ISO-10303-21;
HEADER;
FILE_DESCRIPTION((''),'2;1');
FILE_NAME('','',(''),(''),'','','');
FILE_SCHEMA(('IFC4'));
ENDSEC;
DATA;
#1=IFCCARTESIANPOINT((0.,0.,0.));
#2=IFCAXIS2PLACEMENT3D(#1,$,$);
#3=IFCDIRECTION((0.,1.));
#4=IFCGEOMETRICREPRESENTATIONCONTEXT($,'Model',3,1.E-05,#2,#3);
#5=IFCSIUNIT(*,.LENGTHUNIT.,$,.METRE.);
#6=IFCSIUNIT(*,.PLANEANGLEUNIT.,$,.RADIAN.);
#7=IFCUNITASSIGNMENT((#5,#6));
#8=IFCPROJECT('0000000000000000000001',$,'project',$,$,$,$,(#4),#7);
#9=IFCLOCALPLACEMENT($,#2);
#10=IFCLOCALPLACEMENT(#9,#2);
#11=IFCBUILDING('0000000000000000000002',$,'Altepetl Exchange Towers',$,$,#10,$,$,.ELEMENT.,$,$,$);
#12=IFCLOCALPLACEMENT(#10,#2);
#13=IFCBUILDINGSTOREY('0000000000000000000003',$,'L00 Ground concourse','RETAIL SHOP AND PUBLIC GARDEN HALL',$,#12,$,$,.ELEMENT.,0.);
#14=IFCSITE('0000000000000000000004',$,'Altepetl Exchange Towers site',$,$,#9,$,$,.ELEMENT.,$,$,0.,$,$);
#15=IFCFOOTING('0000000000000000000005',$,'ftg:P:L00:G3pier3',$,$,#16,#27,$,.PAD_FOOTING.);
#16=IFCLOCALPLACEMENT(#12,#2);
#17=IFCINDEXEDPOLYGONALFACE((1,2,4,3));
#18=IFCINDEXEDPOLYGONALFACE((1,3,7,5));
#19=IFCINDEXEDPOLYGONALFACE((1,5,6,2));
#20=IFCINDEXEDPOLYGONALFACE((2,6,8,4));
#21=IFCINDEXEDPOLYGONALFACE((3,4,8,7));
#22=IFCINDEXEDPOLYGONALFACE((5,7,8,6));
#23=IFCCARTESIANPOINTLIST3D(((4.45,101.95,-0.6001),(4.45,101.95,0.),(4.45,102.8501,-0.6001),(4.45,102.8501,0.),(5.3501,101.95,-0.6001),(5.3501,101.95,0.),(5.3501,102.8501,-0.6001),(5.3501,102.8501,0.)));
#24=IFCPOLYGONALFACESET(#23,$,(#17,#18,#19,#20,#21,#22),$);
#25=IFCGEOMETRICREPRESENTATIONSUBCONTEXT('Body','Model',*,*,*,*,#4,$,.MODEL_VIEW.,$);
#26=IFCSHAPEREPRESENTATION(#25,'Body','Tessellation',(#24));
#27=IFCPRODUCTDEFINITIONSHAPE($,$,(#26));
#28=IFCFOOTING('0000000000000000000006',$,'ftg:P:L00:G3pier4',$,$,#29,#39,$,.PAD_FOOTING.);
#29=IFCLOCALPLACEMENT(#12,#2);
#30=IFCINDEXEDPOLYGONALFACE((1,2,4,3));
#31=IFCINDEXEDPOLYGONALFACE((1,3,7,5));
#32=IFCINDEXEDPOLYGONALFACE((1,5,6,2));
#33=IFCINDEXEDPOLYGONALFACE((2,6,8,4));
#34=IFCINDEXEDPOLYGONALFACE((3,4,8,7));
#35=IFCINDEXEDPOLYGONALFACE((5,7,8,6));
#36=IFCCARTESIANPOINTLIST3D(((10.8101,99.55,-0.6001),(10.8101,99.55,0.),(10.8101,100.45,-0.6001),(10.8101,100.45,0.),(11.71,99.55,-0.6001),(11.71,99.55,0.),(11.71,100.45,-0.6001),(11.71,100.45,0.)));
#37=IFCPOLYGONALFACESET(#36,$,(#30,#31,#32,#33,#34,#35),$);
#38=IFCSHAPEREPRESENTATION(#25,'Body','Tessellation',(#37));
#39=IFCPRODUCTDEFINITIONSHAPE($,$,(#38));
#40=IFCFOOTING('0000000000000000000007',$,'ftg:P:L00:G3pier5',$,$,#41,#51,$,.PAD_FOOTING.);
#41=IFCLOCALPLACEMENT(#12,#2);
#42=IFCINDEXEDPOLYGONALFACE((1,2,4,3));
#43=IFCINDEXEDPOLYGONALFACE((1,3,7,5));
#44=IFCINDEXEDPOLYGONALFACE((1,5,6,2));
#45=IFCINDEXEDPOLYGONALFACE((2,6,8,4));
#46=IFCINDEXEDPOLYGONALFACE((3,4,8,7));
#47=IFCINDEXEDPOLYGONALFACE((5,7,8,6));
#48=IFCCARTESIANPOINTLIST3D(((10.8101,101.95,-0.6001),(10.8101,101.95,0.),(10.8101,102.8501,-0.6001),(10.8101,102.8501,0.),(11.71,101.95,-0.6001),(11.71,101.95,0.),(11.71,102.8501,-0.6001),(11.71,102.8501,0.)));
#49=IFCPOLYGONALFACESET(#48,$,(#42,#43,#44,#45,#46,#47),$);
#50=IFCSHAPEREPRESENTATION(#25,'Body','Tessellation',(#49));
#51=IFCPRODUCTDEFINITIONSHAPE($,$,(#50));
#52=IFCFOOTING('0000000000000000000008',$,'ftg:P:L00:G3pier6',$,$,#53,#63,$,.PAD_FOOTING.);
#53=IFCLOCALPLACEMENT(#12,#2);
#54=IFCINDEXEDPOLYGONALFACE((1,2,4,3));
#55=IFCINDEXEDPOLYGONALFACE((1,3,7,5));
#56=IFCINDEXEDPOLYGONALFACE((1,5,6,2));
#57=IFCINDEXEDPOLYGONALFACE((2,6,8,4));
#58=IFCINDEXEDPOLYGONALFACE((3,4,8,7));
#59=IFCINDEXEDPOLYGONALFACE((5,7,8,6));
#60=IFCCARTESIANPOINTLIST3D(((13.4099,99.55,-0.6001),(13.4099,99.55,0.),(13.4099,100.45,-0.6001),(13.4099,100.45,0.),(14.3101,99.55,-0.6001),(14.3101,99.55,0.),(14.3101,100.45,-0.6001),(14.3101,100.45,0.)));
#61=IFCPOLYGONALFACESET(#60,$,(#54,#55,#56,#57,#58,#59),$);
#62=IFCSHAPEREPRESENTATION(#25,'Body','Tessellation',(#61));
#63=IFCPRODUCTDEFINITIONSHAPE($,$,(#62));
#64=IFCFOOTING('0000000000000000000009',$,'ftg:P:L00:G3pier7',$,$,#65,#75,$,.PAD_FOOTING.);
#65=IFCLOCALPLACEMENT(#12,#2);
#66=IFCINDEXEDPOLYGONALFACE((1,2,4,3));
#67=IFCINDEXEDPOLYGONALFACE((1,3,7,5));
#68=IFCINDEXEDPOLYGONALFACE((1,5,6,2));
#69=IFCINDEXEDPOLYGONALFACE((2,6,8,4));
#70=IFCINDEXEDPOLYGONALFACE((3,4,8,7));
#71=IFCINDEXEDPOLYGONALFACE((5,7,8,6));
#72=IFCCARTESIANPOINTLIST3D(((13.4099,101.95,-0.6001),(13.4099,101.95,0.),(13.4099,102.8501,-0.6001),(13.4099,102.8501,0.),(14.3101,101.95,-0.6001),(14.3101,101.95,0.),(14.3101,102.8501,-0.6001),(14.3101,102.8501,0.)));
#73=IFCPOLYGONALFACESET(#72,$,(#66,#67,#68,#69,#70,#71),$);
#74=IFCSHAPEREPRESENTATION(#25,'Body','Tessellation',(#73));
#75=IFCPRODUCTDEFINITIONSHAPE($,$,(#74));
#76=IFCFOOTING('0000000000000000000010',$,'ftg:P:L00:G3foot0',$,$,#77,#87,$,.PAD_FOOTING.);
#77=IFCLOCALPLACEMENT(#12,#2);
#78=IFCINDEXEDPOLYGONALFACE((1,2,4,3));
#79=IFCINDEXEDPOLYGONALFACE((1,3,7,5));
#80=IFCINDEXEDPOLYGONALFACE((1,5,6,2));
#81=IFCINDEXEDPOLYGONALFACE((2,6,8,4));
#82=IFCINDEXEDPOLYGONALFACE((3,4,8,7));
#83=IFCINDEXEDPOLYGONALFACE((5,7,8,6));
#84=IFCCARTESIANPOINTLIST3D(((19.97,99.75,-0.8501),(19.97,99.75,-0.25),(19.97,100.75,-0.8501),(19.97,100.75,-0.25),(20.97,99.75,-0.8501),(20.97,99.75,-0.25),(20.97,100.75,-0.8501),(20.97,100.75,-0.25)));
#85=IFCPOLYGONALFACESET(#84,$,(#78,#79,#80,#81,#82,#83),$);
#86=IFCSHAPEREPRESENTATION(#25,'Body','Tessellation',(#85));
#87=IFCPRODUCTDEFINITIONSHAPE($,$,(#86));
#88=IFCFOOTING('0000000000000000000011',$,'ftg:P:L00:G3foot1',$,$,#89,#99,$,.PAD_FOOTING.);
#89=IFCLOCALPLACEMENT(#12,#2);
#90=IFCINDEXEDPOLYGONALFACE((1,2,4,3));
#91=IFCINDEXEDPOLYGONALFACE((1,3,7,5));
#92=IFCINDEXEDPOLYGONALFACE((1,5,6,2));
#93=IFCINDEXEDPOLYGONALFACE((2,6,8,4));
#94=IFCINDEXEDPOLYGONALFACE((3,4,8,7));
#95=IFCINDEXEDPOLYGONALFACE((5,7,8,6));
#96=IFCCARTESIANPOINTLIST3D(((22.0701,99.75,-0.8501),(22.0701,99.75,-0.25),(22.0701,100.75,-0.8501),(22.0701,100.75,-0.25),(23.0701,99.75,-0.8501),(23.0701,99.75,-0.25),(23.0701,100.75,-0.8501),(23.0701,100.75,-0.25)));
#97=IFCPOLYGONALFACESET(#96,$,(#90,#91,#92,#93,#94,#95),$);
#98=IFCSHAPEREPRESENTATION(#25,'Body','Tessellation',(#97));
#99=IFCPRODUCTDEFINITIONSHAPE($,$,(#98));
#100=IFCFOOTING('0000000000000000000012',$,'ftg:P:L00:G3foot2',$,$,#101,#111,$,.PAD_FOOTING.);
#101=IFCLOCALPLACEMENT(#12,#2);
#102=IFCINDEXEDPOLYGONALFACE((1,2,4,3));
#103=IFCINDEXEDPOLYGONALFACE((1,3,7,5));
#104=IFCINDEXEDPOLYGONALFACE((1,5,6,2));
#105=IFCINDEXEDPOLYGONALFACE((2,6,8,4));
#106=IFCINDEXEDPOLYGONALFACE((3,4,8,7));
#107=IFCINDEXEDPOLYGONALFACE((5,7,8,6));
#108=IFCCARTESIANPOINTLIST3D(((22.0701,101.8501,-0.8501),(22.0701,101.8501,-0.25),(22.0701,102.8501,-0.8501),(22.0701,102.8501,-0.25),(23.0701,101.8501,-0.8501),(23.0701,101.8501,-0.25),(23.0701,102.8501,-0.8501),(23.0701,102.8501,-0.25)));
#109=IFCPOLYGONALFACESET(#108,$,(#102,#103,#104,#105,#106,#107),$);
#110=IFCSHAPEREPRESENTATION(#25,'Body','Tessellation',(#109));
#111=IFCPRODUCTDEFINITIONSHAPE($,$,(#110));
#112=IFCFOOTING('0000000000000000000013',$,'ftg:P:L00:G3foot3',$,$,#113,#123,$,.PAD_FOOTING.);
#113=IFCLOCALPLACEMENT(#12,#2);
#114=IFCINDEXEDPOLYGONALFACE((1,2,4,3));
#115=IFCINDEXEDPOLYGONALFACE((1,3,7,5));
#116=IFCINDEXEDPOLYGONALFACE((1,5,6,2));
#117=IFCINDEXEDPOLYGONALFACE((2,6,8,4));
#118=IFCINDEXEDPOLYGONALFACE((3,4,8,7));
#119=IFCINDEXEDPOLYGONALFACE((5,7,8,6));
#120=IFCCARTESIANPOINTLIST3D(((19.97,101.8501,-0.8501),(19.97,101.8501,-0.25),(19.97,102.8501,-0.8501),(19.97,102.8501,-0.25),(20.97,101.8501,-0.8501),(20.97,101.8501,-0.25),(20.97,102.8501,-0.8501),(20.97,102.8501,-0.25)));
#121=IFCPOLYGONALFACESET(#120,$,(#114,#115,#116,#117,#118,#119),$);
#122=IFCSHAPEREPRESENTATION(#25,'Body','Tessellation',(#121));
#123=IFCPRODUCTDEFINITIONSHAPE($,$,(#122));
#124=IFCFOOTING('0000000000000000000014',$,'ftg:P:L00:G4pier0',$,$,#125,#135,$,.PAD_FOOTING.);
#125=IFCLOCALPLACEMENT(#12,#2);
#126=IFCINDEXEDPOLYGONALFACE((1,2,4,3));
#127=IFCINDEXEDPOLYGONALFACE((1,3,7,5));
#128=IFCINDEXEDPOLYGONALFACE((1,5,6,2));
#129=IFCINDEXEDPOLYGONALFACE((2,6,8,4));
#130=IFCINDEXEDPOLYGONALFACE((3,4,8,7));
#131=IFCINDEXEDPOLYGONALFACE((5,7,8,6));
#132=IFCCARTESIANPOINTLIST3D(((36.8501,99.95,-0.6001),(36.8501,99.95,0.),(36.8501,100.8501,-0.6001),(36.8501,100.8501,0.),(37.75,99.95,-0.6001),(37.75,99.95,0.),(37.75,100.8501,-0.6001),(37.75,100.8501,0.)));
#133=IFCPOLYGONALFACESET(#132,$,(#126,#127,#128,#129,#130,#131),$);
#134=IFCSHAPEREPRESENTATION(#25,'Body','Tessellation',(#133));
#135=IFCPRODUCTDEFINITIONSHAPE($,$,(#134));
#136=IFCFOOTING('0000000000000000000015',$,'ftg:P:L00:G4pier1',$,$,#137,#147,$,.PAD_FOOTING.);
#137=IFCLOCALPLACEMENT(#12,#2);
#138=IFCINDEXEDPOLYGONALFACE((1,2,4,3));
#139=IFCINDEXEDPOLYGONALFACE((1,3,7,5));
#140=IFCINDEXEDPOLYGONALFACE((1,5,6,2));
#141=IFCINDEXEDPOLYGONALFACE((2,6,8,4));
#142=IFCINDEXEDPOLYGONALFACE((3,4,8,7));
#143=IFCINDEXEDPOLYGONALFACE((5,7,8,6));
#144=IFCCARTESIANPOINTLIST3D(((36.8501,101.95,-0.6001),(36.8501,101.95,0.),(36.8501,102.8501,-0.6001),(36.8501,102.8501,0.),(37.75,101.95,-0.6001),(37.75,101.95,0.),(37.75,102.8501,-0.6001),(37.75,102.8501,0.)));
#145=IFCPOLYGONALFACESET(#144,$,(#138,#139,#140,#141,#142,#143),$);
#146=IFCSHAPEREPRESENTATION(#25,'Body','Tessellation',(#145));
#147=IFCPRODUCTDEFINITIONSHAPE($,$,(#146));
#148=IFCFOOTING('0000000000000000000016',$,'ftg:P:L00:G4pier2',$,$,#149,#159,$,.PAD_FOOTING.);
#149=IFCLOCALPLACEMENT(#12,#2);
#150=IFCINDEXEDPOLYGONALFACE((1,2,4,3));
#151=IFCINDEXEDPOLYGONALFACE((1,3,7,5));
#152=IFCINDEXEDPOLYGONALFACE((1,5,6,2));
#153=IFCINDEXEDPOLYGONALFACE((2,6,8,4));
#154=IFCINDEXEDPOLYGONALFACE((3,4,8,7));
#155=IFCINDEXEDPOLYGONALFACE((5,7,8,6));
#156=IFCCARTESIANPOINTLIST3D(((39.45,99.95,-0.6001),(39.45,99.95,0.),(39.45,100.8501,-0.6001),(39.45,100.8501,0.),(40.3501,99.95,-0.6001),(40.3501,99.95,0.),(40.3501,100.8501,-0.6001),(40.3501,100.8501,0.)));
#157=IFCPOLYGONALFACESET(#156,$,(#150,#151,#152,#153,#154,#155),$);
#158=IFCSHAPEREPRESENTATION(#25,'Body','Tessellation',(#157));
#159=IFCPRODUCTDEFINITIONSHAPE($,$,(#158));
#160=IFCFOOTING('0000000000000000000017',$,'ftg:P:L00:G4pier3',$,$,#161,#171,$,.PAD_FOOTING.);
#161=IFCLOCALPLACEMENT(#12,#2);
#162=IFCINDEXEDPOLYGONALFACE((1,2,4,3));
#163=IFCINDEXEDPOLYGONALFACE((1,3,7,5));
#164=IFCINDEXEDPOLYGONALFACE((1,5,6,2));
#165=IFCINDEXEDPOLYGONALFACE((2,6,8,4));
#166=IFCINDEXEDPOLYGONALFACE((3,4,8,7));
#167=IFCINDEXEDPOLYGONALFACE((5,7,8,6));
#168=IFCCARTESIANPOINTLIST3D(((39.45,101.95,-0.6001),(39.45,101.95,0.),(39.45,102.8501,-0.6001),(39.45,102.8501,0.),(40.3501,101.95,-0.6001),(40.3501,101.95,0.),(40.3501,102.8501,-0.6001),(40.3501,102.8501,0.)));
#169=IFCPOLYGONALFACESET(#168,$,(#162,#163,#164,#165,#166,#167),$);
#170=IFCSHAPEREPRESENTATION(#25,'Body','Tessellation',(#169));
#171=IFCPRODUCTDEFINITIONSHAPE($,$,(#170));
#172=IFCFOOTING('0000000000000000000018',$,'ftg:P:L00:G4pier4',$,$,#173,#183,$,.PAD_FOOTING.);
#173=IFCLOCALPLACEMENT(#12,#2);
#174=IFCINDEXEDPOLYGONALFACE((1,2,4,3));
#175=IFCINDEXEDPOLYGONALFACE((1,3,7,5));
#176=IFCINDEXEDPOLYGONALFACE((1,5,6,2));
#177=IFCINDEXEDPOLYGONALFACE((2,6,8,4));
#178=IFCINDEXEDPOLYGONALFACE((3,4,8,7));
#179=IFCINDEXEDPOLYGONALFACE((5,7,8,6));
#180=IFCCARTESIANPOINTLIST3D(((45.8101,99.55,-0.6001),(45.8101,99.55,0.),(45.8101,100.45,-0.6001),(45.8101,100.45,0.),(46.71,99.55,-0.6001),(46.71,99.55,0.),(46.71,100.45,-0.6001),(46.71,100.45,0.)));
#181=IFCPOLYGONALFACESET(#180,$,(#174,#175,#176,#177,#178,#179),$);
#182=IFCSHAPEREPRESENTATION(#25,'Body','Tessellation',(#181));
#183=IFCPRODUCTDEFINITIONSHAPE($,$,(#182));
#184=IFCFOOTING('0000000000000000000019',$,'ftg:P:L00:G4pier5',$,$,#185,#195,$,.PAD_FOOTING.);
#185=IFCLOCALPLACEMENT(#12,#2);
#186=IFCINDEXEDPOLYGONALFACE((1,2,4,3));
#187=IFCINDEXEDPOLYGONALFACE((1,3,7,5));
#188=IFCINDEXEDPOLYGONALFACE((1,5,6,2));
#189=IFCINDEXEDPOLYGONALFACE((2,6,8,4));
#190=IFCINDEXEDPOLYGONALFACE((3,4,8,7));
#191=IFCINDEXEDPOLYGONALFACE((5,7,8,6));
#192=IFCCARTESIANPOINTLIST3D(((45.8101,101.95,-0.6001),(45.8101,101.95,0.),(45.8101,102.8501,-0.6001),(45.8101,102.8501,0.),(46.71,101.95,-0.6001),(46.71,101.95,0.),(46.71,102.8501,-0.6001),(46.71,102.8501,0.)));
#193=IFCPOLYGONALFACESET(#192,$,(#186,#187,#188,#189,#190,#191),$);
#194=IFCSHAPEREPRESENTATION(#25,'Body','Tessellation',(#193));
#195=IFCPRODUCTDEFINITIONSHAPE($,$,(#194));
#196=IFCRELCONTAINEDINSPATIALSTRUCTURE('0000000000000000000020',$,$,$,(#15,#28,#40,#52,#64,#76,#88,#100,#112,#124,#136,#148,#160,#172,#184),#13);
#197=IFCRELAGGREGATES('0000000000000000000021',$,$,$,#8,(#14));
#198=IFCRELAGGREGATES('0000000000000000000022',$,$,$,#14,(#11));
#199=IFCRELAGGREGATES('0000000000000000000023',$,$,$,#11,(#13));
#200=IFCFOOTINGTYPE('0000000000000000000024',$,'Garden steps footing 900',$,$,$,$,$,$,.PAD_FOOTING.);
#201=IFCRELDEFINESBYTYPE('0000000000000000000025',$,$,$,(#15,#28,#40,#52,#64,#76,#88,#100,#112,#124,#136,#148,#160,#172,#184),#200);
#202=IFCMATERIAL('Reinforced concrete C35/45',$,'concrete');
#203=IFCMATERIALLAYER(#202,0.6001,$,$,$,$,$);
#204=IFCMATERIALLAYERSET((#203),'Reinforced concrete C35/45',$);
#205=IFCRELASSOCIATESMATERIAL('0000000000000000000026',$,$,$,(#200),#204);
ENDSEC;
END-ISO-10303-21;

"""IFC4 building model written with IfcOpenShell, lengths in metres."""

from ifc_helpers import new_model, si_unit, direction, frame, origin, place, context, subcontext, project, spatial, polyline, outline, extrude, material, layer, layer_set, type_object, element, save


model = new_model("IFC4")

# Units and contexts
model_context = context("Model", 3, precision=1e-05, world=origin(), true_north=direction((0.0, 1.0)))
body_context = subcontext(model_context, "Body", "Model", "MODEL_VIEW")
ifc_project = project(units=[si_unit("LENGTHUNIT", "METRE"), si_unit("PLANEANGLEUNIT", "RADIAN")], contexts=[model_context])

# Site, building, storey
site_placement = place(None, origin())
site = spatial("IfcSite", under=ifc_project, at=site_placement, Name="Altepetl Exchange Towers site", CompositionType="ELEMENT", RefElevation=0.0)
building_placement = place(site_placement, origin())
building = spatial("IfcBuilding", under=site, at=building_placement, Name="Altepetl Exchange Towers", CompositionType="ELEMENT")
storey_placement = place(building_placement, origin())
storey = spatial("IfcBuildingStorey", under=building, at=storey_placement, Name="L00 Ground concourse", Description="RETAIL SHOP AND PUBLIC GARDEN HALL", CompositionType="ELEMENT", Elevation=0.0)

# Footings
ifc_material = material(Name="Reinforced concrete C35/45", Category="concrete")
ifc_layer_1 = layer(ifc_material, 0.6001)
ifc_layer_set_1 = layer_set([ifc_layer_1], Name="Reinforced concrete C35/45")
footing_type = type_object("IfcFootingType", Name="Garden steps footing 900", PredefinedType="PAD_FOOTING", material=ifc_layer_set_1)
footing_1_placement = place(storey_placement, frame((0.0, 0.0, -0.6001)))
element("IfcFooting", 1, at=footing_1_placement, inside=storey, type_object=footing_type, Name="ftg:P:L00:G3pier3", PredefinedType="PAD_FOOTING", context=body_context, shape_type="SweptSolid", body=[
    extrude(outline(polyline([(4.45, 101.95), (5.3501, 101.95), (5.3501, 102.8501), (4.45, 102.8501), (4.45, 101.95)])), origin(), (0.0, 0.0, 1.0), 0.6001),
])
footing_2_placement = place(storey_placement, frame((0.0, 0.0, -0.6001)))
element("IfcFooting", 2, at=footing_2_placement, inside=storey, type_object=footing_type, Name="ftg:P:L00:G3pier4", PredefinedType="PAD_FOOTING", context=body_context, shape_type="SweptSolid", body=[
    extrude(outline(polyline([(10.8101, 99.55), (11.71, 99.55), (11.71, 100.45), (10.8101, 100.45), (10.8101, 99.55)])), origin(), (0.0, 0.0, 1.0), 0.6001),
])
footing_3_placement = place(storey_placement, frame((0.0, 0.0, -0.6001)))
element("IfcFooting", 3, at=footing_3_placement, inside=storey, type_object=footing_type, Name="ftg:P:L00:G3pier5", PredefinedType="PAD_FOOTING", context=body_context, shape_type="SweptSolid", body=[
    extrude(outline(polyline([(10.8101, 101.95), (11.71, 101.95), (11.71, 102.8501), (10.8101, 102.8501), (10.8101, 101.95)])), origin(), (0.0, 0.0, 1.0), 0.6001),
])
footing_4_placement = place(storey_placement, frame((0.0, 0.0, -0.6001)))
element("IfcFooting", 4, at=footing_4_placement, inside=storey, type_object=footing_type, Name="ftg:P:L00:G3pier6", PredefinedType="PAD_FOOTING", context=body_context, shape_type="SweptSolid", body=[
    extrude(outline(polyline([(13.4099, 99.55), (14.3101, 99.55), (14.3101, 100.45), (13.4099, 100.45), (13.4099, 99.55)])), origin(), (0.0, 0.0, 1.0), 0.6001),
])
footing_5_placement = place(storey_placement, frame((0.0, 0.0, -0.6001)))
element("IfcFooting", 5, at=footing_5_placement, inside=storey, type_object=footing_type, Name="ftg:P:L00:G3pier7", PredefinedType="PAD_FOOTING", context=body_context, shape_type="SweptSolid", body=[
    extrude(outline(polyline([(13.4099, 101.95), (14.3101, 101.95), (14.3101, 102.8501), (13.4099, 102.8501), (13.4099, 101.95)])), origin(), (0.0, 0.0, 1.0), 0.6001),
])
footing_6_placement = place(storey_placement, frame((0.0, 0.0, -0.8501)))
element("IfcFooting", 6, at=footing_6_placement, inside=storey, type_object=footing_type, Name="ftg:P:L00:G3foot0", PredefinedType="PAD_FOOTING", context=body_context, shape_type="SweptSolid", body=[
    extrude(outline(polyline([(19.97, 99.75), (20.97, 99.75), (20.97, 100.75), (19.97, 100.75), (19.97, 99.75)])), origin(), (0.0, 0.0, 1.0), 0.6001),
])
footing_7_placement = place(storey_placement, frame((0.0, 0.0, -0.8501)))
element("IfcFooting", 7, at=footing_7_placement, inside=storey, type_object=footing_type, Name="ftg:P:L00:G3foot1", PredefinedType="PAD_FOOTING", context=body_context, shape_type="SweptSolid", body=[
    extrude(outline(polyline([(22.0701, 99.75), (23.0701, 99.75), (23.0701, 100.75), (22.0701, 100.75), (22.0701, 99.75)])), origin(), (0.0, 0.0, 1.0), 0.6001),
])
footing_8_placement = place(storey_placement, frame((0.0, 0.0, -0.8501)))
element("IfcFooting", 8, at=footing_8_placement, inside=storey, type_object=footing_type, Name="ftg:P:L00:G3foot2", PredefinedType="PAD_FOOTING", context=body_context, shape_type="SweptSolid", body=[
    extrude(outline(polyline([(22.0701, 101.8501), (23.0701, 101.8501), (23.0701, 102.8501), (22.0701, 102.8501), (22.0701, 101.8501)])), origin(), (0.0, 0.0, 1.0), 0.6001),
])
footing_9_placement = place(storey_placement, frame((0.0, 0.0, -0.8501)))
element("IfcFooting", 9, at=footing_9_placement, inside=storey, type_object=footing_type, Name="ftg:P:L00:G3foot3", PredefinedType="PAD_FOOTING", context=body_context, shape_type="SweptSolid", body=[
    extrude(outline(polyline([(19.97, 101.8501), (20.97, 101.8501), (20.97, 102.8501), (19.97, 102.8501), (19.97, 101.8501)])), origin(), (0.0, 0.0, 1.0), 0.6001),
])
footing_10_placement = place(storey_placement, frame((0.0, 0.0, -0.6001)))
element("IfcFooting", 10, at=footing_10_placement, inside=storey, type_object=footing_type, Name="ftg:P:L00:G4pier0", PredefinedType="PAD_FOOTING", context=body_context, shape_type="SweptSolid", body=[
    extrude(outline(polyline([(36.8501, 99.95), (37.75, 99.95), (37.75, 100.8501), (36.8501, 100.8501), (36.8501, 99.95)])), origin(), (0.0, 0.0, 1.0), 0.6001),
])
footing_11_placement = place(storey_placement, frame((0.0, 0.0, -0.6001)))
element("IfcFooting", 11, at=footing_11_placement, inside=storey, type_object=footing_type, Name="ftg:P:L00:G4pier1", PredefinedType="PAD_FOOTING", context=body_context, shape_type="SweptSolid", body=[
    extrude(outline(polyline([(36.8501, 101.95), (37.75, 101.95), (37.75, 102.8501), (36.8501, 102.8501), (36.8501, 101.95)])), origin(), (0.0, 0.0, 1.0), 0.6001),
])
footing_12_placement = place(storey_placement, frame((0.0, 0.0, -0.6001)))
element("IfcFooting", 12, at=footing_12_placement, inside=storey, type_object=footing_type, Name="ftg:P:L00:G4pier2", PredefinedType="PAD_FOOTING", context=body_context, shape_type="SweptSolid", body=[
    extrude(outline(polyline([(39.45, 99.95), (40.3501, 99.95), (40.3501, 100.8501), (39.45, 100.8501), (39.45, 99.95)])), origin(), (0.0, 0.0, 1.0), 0.6001),
])
footing_13_placement = place(storey_placement, frame((0.0, 0.0, -0.6001)))
element("IfcFooting", 13, at=footing_13_placement, inside=storey, type_object=footing_type, Name="ftg:P:L00:G4pier3", PredefinedType="PAD_FOOTING", context=body_context, shape_type="SweptSolid", body=[
    extrude(outline(polyline([(39.45, 101.95), (40.3501, 101.95), (40.3501, 102.8501), (39.45, 102.8501), (39.45, 101.95)])), origin(), (0.0, 0.0, 1.0), 0.6001),
])
footing_14_placement = place(storey_placement, frame((0.0, 0.0, -0.6001)))
element("IfcFooting", 14, at=footing_14_placement, inside=storey, type_object=footing_type, Name="ftg:P:L00:G4pier4", PredefinedType="PAD_FOOTING", context=body_context, shape_type="SweptSolid", body=[
    extrude(outline(polyline([(45.8101, 99.55), (46.71, 99.55), (46.71, 100.45), (45.8101, 100.45), (45.8101, 99.55)])), origin(), (0.0, 0.0, 1.0), 0.6001),
])
footing_15_placement = place(storey_placement, frame((0.0, 0.0, -0.6001)))
element("IfcFooting", 15, at=footing_15_placement, inside=storey, type_object=footing_type, Name="ftg:P:L00:G4pier5", PredefinedType="PAD_FOOTING", context=body_context, shape_type="SweptSolid", body=[
    extrude(outline(polyline([(45.8101, 101.95), (46.71, 101.95), (46.71, 102.8501), (45.8101, 102.8501), (45.8101, 101.95)])), origin(), (0.0, 0.0, 1.0), 0.6001),
])

save(model, "model.ifc")
